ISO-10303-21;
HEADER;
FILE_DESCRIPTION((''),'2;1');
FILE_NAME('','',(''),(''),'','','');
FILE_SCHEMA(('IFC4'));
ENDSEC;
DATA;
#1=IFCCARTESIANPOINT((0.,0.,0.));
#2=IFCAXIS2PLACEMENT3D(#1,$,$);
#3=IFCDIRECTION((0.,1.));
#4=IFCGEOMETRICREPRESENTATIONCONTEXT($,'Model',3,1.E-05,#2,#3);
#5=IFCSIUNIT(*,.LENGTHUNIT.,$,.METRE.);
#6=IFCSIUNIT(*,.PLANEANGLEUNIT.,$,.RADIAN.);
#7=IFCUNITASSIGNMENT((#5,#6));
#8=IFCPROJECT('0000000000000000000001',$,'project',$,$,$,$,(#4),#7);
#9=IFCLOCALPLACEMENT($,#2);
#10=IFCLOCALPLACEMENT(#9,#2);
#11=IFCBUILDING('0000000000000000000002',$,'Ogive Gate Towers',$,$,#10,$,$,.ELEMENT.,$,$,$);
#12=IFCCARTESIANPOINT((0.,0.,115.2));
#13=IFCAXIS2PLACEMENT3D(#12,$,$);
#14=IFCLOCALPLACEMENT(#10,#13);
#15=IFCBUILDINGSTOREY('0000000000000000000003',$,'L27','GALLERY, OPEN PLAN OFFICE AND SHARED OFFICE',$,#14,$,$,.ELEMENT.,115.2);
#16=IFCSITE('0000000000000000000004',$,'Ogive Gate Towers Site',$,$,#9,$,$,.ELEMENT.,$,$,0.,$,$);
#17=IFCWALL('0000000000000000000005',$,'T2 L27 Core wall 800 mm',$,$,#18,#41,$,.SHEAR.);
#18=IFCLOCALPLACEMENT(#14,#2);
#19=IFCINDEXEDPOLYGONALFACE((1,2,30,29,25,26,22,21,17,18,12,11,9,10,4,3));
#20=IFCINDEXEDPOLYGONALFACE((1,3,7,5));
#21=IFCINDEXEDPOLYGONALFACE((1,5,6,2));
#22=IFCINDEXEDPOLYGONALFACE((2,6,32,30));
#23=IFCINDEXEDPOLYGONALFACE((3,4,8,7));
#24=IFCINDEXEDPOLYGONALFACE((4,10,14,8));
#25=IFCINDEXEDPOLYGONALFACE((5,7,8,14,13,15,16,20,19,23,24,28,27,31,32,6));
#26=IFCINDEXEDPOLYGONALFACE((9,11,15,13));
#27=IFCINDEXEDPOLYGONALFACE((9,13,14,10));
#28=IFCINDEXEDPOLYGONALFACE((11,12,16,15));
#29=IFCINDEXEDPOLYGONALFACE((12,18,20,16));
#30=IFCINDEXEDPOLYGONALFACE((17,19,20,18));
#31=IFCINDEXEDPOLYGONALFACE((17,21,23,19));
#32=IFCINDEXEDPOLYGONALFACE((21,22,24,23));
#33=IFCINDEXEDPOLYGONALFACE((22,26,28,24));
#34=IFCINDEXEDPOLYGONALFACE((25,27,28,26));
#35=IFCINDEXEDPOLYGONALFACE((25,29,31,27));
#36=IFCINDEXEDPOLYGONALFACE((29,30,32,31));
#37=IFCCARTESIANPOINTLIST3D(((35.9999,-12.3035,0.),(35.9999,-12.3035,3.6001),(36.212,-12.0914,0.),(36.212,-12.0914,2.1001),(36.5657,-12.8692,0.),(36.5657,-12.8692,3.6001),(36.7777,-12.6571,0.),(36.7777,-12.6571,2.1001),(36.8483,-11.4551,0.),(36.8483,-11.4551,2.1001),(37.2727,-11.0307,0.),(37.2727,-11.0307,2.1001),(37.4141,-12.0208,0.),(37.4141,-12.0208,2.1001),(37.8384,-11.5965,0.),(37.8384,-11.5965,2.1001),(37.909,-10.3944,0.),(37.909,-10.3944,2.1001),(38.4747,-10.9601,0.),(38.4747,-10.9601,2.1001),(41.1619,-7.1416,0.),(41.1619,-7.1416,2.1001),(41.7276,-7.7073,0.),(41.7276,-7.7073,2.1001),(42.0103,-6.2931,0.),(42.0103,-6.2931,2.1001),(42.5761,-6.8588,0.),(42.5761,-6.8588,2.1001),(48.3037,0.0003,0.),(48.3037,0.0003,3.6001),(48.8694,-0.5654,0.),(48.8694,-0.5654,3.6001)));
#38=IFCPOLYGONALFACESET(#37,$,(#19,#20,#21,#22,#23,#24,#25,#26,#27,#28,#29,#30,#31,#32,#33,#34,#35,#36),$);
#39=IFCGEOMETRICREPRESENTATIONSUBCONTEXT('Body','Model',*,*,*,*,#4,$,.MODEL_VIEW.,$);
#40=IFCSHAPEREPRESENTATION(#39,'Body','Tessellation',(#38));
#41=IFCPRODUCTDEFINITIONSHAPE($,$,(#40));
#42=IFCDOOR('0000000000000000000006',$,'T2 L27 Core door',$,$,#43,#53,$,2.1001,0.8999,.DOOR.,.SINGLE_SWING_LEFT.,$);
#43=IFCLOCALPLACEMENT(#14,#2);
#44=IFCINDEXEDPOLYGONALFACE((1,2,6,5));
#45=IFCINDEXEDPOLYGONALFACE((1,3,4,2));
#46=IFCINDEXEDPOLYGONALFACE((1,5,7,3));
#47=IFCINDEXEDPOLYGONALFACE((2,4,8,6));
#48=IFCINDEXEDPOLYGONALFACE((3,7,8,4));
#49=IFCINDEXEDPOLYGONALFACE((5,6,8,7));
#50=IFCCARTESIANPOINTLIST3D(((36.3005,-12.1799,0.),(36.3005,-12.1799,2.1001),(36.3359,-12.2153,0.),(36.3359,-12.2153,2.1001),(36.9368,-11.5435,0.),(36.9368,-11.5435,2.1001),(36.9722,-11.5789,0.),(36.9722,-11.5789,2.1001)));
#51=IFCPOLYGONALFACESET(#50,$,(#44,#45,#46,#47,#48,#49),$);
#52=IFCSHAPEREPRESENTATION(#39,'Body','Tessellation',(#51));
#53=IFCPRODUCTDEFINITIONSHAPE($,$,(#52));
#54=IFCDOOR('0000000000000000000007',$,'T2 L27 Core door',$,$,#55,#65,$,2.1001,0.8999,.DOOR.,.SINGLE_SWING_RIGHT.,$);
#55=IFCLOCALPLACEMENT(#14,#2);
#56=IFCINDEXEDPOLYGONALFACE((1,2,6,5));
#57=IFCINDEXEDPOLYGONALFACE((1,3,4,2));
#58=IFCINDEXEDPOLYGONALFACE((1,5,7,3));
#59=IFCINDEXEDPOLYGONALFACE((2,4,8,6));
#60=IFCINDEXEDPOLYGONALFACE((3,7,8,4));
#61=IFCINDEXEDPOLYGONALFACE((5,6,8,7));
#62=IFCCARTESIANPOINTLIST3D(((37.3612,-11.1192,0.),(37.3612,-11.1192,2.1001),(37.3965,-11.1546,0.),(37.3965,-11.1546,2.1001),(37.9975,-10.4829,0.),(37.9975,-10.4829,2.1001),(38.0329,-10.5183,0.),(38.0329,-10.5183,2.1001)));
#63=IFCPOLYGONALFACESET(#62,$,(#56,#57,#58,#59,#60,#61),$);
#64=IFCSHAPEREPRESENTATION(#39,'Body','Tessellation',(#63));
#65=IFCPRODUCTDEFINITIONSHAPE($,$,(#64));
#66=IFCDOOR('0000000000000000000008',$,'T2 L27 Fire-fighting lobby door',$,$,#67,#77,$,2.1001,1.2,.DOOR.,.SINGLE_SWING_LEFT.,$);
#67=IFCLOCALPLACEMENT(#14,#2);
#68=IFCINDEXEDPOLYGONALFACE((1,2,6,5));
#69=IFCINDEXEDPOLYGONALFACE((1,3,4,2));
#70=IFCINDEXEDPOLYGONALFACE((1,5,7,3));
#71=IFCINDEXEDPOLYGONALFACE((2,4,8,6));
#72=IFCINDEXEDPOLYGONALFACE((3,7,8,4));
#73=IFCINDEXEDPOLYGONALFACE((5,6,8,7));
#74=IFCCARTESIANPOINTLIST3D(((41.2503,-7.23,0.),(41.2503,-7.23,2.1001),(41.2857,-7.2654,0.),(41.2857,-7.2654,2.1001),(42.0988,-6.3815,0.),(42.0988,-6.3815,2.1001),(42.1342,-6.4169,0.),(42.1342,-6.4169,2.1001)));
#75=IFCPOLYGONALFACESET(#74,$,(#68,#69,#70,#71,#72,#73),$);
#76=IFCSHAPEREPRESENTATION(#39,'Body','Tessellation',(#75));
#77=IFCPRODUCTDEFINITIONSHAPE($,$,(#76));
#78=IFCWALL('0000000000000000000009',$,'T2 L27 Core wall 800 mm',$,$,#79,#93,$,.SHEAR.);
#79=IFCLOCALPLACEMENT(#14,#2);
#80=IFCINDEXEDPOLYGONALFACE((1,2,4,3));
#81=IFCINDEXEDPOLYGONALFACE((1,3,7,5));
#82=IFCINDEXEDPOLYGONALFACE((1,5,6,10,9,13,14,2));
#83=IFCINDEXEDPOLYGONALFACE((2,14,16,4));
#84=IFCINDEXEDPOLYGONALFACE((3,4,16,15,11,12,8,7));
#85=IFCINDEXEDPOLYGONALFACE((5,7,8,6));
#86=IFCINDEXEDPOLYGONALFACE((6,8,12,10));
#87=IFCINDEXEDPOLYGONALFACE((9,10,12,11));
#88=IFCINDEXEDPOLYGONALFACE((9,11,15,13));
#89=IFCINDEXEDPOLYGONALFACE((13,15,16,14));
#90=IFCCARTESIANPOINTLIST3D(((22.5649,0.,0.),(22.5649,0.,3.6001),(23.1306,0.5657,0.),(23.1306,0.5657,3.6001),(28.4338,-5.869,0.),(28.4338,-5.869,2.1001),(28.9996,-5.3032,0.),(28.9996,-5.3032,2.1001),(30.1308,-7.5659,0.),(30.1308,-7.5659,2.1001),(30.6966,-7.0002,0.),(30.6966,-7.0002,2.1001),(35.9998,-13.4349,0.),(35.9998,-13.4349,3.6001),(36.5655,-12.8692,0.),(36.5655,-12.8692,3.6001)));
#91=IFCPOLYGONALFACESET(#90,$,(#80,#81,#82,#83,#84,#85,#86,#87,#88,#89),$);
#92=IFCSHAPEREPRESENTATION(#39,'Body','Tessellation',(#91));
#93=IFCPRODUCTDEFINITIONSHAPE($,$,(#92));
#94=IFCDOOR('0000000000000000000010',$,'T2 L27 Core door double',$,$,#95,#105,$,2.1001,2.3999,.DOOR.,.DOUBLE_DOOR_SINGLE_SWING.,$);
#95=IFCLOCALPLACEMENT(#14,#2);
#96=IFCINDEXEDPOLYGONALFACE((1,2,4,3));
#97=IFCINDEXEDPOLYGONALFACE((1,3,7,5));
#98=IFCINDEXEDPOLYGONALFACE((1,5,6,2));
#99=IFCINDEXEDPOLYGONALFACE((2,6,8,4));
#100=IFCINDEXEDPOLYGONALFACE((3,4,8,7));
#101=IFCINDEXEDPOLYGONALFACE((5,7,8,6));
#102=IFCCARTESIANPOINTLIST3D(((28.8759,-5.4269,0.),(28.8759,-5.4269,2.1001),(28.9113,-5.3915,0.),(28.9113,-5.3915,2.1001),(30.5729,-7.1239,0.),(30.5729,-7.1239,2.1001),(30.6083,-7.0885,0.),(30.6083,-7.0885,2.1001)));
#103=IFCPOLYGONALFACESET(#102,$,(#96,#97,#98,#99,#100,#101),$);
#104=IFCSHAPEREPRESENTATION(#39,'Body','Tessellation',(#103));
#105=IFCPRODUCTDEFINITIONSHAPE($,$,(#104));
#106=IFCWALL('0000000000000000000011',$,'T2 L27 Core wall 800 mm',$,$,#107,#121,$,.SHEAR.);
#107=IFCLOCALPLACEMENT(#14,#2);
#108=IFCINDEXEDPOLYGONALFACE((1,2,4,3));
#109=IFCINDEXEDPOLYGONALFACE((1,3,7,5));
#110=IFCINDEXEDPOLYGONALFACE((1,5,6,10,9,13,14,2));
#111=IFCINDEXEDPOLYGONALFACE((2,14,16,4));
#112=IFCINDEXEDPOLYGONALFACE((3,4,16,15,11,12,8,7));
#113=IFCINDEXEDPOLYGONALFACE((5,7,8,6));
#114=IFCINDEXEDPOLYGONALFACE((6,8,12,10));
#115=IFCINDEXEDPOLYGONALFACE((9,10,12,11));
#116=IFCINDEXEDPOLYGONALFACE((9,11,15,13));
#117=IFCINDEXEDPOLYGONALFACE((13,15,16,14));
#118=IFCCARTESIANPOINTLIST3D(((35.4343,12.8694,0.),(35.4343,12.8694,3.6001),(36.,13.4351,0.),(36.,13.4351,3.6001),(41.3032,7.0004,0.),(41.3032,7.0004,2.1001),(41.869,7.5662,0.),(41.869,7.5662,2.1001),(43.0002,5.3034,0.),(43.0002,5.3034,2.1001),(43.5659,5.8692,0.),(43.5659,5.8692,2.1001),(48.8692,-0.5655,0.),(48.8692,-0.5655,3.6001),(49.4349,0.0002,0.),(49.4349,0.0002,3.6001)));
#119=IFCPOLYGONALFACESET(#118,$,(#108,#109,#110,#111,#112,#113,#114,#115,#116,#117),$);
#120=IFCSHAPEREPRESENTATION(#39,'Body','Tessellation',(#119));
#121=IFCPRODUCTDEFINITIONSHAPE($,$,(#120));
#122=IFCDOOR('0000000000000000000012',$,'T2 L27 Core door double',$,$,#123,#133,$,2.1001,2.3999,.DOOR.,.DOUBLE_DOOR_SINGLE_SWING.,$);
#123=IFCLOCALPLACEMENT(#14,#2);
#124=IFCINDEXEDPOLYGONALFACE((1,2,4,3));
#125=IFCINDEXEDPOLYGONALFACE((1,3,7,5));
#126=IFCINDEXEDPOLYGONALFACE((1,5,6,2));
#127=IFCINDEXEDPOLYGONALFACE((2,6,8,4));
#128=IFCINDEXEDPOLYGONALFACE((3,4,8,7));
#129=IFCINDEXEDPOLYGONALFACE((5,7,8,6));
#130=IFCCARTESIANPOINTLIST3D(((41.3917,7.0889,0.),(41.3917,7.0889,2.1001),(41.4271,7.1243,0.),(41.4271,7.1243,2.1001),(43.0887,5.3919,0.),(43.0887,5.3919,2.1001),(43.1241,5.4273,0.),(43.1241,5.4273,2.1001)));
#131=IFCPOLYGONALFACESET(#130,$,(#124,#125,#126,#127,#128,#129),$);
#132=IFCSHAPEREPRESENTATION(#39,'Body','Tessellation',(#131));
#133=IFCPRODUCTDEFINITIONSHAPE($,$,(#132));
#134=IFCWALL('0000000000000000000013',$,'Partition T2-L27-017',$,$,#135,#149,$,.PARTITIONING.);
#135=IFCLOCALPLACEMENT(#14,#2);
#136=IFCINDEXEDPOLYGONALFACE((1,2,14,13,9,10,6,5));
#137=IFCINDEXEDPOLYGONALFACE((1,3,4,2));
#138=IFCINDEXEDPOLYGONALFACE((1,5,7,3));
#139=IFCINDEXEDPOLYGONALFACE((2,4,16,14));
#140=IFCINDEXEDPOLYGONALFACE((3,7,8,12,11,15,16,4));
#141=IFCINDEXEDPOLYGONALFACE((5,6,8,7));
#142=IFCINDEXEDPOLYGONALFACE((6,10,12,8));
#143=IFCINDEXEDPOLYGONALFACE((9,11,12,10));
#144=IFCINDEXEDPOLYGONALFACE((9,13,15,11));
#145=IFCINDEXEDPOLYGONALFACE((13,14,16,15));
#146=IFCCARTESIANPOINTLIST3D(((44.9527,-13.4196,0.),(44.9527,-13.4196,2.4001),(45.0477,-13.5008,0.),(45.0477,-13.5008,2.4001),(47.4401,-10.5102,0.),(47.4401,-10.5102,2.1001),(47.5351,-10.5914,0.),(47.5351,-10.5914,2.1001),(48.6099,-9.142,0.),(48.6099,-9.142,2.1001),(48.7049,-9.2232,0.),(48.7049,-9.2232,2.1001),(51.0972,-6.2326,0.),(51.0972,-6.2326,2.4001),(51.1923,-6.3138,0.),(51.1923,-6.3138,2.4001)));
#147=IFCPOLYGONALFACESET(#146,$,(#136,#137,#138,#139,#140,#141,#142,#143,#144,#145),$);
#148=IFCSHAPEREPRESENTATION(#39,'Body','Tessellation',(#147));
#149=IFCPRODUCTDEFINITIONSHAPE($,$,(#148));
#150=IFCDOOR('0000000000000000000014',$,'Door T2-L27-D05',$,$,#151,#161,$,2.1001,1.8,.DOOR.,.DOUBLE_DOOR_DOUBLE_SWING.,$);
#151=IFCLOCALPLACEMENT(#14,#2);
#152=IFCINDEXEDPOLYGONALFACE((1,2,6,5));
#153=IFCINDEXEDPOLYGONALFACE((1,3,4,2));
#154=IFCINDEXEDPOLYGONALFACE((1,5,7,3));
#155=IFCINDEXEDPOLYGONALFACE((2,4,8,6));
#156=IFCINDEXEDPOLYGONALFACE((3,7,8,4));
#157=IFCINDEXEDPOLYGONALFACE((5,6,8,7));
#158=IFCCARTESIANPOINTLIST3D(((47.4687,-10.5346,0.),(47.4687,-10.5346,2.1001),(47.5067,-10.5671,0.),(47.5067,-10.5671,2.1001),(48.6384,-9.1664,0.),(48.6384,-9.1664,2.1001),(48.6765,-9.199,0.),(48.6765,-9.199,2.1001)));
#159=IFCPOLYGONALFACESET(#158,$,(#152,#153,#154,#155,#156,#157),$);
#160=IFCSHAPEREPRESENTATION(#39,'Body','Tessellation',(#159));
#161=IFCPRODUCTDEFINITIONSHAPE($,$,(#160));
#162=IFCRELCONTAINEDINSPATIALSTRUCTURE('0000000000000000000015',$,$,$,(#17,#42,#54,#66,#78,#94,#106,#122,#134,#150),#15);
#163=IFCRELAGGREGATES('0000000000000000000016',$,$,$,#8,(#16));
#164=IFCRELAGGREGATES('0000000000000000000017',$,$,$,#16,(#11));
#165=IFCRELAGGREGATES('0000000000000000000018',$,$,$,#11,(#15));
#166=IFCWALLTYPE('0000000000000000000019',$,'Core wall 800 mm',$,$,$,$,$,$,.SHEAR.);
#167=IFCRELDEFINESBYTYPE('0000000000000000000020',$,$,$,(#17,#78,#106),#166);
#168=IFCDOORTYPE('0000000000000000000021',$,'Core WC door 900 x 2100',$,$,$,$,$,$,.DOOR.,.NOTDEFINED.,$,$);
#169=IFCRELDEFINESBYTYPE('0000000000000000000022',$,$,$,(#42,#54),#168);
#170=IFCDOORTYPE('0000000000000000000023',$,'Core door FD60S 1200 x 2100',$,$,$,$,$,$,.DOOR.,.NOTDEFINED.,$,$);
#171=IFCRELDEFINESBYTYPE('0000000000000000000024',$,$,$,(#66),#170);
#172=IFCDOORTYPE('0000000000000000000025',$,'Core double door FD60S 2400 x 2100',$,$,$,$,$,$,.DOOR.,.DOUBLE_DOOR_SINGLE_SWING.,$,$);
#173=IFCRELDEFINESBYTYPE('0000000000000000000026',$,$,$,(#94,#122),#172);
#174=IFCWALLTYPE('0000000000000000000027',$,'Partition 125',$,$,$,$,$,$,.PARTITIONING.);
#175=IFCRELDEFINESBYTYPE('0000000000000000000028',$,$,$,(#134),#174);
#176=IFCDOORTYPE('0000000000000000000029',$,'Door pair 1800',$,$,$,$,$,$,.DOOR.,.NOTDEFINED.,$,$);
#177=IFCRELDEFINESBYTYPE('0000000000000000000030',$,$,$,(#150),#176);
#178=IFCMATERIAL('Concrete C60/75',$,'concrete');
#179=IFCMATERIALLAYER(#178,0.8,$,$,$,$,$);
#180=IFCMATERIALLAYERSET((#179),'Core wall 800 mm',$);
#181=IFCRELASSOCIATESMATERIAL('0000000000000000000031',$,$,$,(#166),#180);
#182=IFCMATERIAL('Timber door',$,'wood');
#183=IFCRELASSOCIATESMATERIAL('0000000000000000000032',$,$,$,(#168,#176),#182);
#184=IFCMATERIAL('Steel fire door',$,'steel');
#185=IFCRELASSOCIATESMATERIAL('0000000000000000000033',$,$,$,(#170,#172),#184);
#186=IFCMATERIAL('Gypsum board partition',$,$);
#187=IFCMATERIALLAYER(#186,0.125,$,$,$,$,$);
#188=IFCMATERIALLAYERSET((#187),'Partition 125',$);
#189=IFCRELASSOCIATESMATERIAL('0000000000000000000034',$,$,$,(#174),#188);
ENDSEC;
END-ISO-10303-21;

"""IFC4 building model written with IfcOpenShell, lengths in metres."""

from ifc_helpers import new_model, si_unit, direction, frame, frame_2d, origin, place, context, subcontext, project, spatial, rectangle, extrude, material, layer, layer_set, type_object, element, fill, save


model = new_model("IFC4")

# Units and contexts
model_context = context("Model", 3, precision=1e-05, world=origin(), true_north=direction((0.0, 1.0)))
body_context = subcontext(model_context, "Body", "Model", "MODEL_VIEW")
ifc_project = project(units=[si_unit("LENGTHUNIT", "METRE"), si_unit("PLANEANGLEUNIT", "RADIAN")], contexts=[model_context])

# Site, building, storey
site_placement = place(None, origin())
site = spatial("IfcSite", under=ifc_project, at=site_placement, Name="Ogive Gate Towers Site", CompositionType="ELEMENT", RefElevation=0.0)
building_placement = place(site_placement, origin())
building = spatial("IfcBuilding", under=site, at=building_placement, Name="Ogive Gate Towers", CompositionType="ELEMENT")
storey_placement = place(building_placement, frame((0.0, 0.0, 115.2)))
storey = spatial("IfcBuildingStorey", under=building, at=storey_placement, Name="L27", Description="GALLERY, OPEN PLAN OFFICE AND SHARED OFFICE", CompositionType="ELEMENT", Elevation=115.2)

# Wall, openings, doors
ifc_material_1 = material(Name="Concrete C60/75", Category="concrete")
ifc_layer_1 = layer(ifc_material_1, 0.8)
ifc_layer_set_1 = layer_set([ifc_layer_1], Name="Core wall 800 mm")
wall_type_1 = type_object("IfcWallType", Name="Core wall 800 mm", PredefinedType="SHEAR", material=ifc_layer_set_1)
wall_1_placement = place(storey_placement, frame((36.2827, -12.5864, 0.0), z_axis=(0.0, 0.0, 1.0), x_axis=(0.707107, 0.707107, 0.0)))
wall_1 = element("IfcWall", 1, at=wall_1_placement, inside=storey, type_object=wall_type_1, Name="T2 L27 Core wall 800 mm", PredefinedType="SHEAR", context=body_context, shape_type="SweptSolid", body=[
    extrude(rectangle(XDim=17.4001, YDim=0.8, at=frame_2d((8.7002, 0.0))), origin(), (0.0, 0.0, 1.0), 3.6001),
])
opening_1_placement = place(wall_1_placement, frame((7.3, 0.0, 0.0)))
opening_1 = element("IfcOpeningElement", 2, at=opening_1_placement, cuts=wall_1, PredefinedType="OPENING", context=body_context, shape_type="SweptSolid", body=[
    extrude(rectangle(XDim=1.2, YDim=2.1001, at=frame_2d((0.6001, 1.05))), frame((0.0, 0.4102, 0.0), z_axis=(0.0, -1.0, 0.0), x_axis=(1.0, 0.0, 0.0)), (0.0, 0.0, 1.0), 0.8201),
])
opening_2_placement = place(wall_1_placement, frame((0.3, 0.0, 0.0)))
opening_2 = element("IfcOpeningElement", 3, at=opening_2_placement, cuts=wall_1, PredefinedType="OPENING", context=body_context, shape_type="SweptSolid", body=[
    extrude(rectangle(XDim=0.8999, YDim=2.1001, at=frame_2d((0.45, 1.05))), frame((0.0, 0.4102, 0.0), z_axis=(0.0, -1.0, 0.0), x_axis=(1.0, 0.0, 0.0)), (0.0, 0.0, 1.0), 0.8201),
])
opening_3_placement = place(wall_1_placement, frame((1.8, 0.0, 0.0)))
opening_3 = element("IfcOpeningElement", 4, at=opening_3_placement, cuts=wall_1, PredefinedType="OPENING", context=body_context, shape_type="SweptSolid", body=[
    extrude(rectangle(XDim=0.8999, YDim=2.1001, at=frame_2d((0.45, 1.05))), frame((0.0, 0.4102, 0.0), z_axis=(0.0, -1.0, 0.0), x_axis=(1.0, 0.0, 0.0)), (0.0, 0.0, 1.0), 0.8201),
])
ifc_material_2 = material(Name="Timber door", Category="wood")
door_type_1 = type_object("IfcDoorType", Name="Core WC door 900 x 2100", OperationType="NOTDEFINED", PredefinedType="DOOR", material=ifc_material_2)
door_1_placement = place(opening_2_placement, origin())
door_1 = element("IfcDoor", 5, at=door_1_placement, inside=storey, type_object=door_type_1, Name="T2 L27 Core door", OperationType="SINGLE_SWING_LEFT", OverallHeight=2.1001, OverallWidth=0.8999, PredefinedType="DOOR", context=body_context, shape_type="SweptSolid", body=[
    extrude(rectangle(XDim=0.8999, YDim=2.1001, at=frame_2d((0.45, 1.05))), frame((0.0, 0.2749, 0.0), z_axis=(0.0, -1.0, 0.0), x_axis=(1.0, 0.0, 0.0)), (0.0, 0.0, 1.0), 0.05),
])
fill(opening_2, door_1)
door_2_placement = place(opening_3_placement, origin())
door_2 = element("IfcDoor", 6, at=door_2_placement, inside=storey, type_object=door_type_1, Name="T2 L27 Core door", OperationType="SINGLE_SWING_RIGHT", OverallHeight=2.1001, OverallWidth=0.8999, PredefinedType="DOOR", context=body_context, shape_type="SweptSolid", body=[
    extrude(rectangle(XDim=0.8999, YDim=2.1001, at=frame_2d((0.45, 1.05))), frame((0.0, 0.2749, 0.0), z_axis=(0.0, -1.0, 0.0), x_axis=(1.0, 0.0, 0.0)), (0.0, 0.0, 1.0), 0.05),
])
fill(opening_3, door_2)
ifc_material_3 = material(Name="Steel fire door", Category="steel")
door_type_2 = type_object("IfcDoorType", Name="Core door FD60S 1200 x 2100", OperationType="NOTDEFINED", PredefinedType="DOOR", material=ifc_material_3)
door_3_placement = place(opening_1_placement, origin())
door_3 = element("IfcDoor", 7, at=door_3_placement, inside=storey, type_object=door_type_2, Name="T2 L27 Fire-fighting lobby door", OperationType="SINGLE_SWING_LEFT", OverallHeight=2.1001, OverallWidth=1.2, PredefinedType="DOOR", context=body_context, shape_type="SweptSolid", body=[
    extrude(rectangle(XDim=1.2, YDim=2.1001, at=frame_2d((0.6001, 1.05))), frame((0.0, 0.2749, 0.0), z_axis=(0.0, -1.0, 0.0), x_axis=(1.0, 0.0, 0.0)), (0.0, 0.0, 1.0), 0.05),
])
fill(opening_1, door_3)

# Walls, openings, doors
wall_2_placement = place(storey_placement, frame((36.2827, -13.1521, 0.0), z_axis=(0.0, 0.0, 1.0), x_axis=(-0.707107, 0.707107, 0.0)))
wall_2 = element("IfcWall", 8, at=wall_2_placement, inside=storey, type_object=wall_type_1, Name="T2 L27 Core wall 800 mm", PredefinedType="SHEAR", context=body_context, shape_type="SweptSolid", body=[
    extrude(rectangle(XDim=18.9998, YDim=0.8, at=frame_2d((9.5, 0.0))), origin(), (0.0, 0.0, 1.0), 3.6001),
])
opening_4_placement = place(wall_2_placement, frame((8.3, 0.0, 0.0)))
opening_4 = element("IfcOpeningElement", 9, at=opening_4_placement, cuts=wall_2, PredefinedType="OPENING", context=body_context, shape_type="SweptSolid", body=[
    extrude(rectangle(XDim=2.3999, YDim=2.1001, at=frame_2d((1.2, 1.05))), frame((0.0, 0.4102, 0.0), z_axis=(0.0, -1.0, 0.0), x_axis=(1.0, 0.0, 0.0)), (0.0, 0.0, 1.0), 0.8201),
])
door_type_3 = type_object("IfcDoorType", Name="Core double door FD60S 2400 x 2100", OperationType="DOUBLE_DOOR_SINGLE_SWING", PredefinedType="DOOR", material=ifc_material_3)
door_4_placement = place(opening_4_placement, origin())
door_4 = element("IfcDoor", 10, at=door_4_placement, inside=storey, type_object=door_type_3, Name="T2 L27 Core door double", OperationType="DOUBLE_DOOR_SINGLE_SWING", OverallHeight=2.1001, OverallWidth=2.3999, PredefinedType="DOOR", context=body_context, shape_type="SweptSolid", body=[
    extrude(rectangle(XDim=2.3999, YDim=2.1001, at=frame_2d((1.2, 1.05))), frame((0.0, -0.2251, 0.0), z_axis=(0.0, -1.0, 0.0), x_axis=(1.0, 0.0, 0.0)), (0.0, 0.0, 1.0), 0.05),
])
fill(opening_4, door_4)
wall_3_placement = place(storey_placement, frame((49.1521, -0.2827, 0.0), z_axis=(0.0, 0.0, 1.0), x_axis=(-0.707107, 0.707107, 0.0)))
wall_3 = element("IfcWall", 11, at=wall_3_placement, inside=storey, type_object=wall_type_1, Name="T2 L27 Core wall 800 mm", PredefinedType="SHEAR", context=body_context, shape_type="SweptSolid", body=[
    extrude(rectangle(XDim=18.9998, YDim=0.8, at=frame_2d((9.5, 0.0))), origin(), (0.0, 0.0, 1.0), 3.6001),
])
opening_5_placement = place(wall_3_placement, frame((8.3, 0.0, 0.0)))
opening_5 = element("IfcOpeningElement", 12, at=opening_5_placement, cuts=wall_3, PredefinedType="OPENING", context=body_context, shape_type="SweptSolid", body=[
    extrude(rectangle(XDim=2.3999, YDim=2.1001, at=frame_2d((1.2, 1.05))), frame((0.0, 0.4102, 0.0), z_axis=(0.0, -1.0, 0.0), x_axis=(1.0, 0.0, 0.0)), (0.0, 0.0, 1.0), 0.8201),
])
door_5_placement = place(opening_5_placement, origin())
door_5 = element("IfcDoor", 13, at=door_5_placement, inside=storey, type_object=door_type_3, Name="T2 L27 Core door double", OperationType="DOUBLE_DOOR_SINGLE_SWING", OverallHeight=2.1001, OverallWidth=2.3999, PredefinedType="DOOR", context=body_context, shape_type="SweptSolid", body=[
    extrude(rectangle(XDim=2.3999, YDim=2.1001, at=frame_2d((1.2, 1.05))), frame((0.0, 0.2749, 0.0), z_axis=(0.0, -1.0, 0.0), x_axis=(1.0, 0.0, 0.0)), (0.0, 0.0, 1.0), 0.05),
])
fill(opening_5, door_5)
ifc_material_4 = material(Name="Gypsum board partition")
ifc_layer_2 = layer(ifc_material_4, 0.125)
ifc_layer_set_2 = layer_set([ifc_layer_2], Name="Partition 125")
wall_type_2 = type_object("IfcWallType", Name="Partition 125", PredefinedType="PARTITIONING", material=ifc_layer_set_2)
wall_4_placement = place(storey_placement, frame((45.0002, -13.4602, 0.0), z_axis=(0.0, 0.0, 1.0), x_axis=(0.64983, 0.76008, 0.0)))
wall_4 = element("IfcWall", 14, at=wall_4_placement, inside=storey, type_object=wall_type_2, Name="Partition T2-L27-017", PredefinedType="PARTITIONING", context=body_context, shape_type="SweptSolid", body=[
    extrude(rectangle(XDim=9.4556, YDim=0.125, at=frame_2d((4.7278, 0.0))), origin(), (0.0, 0.0, 1.0), 2.4001),
])
opening_6_placement = place(wall_4_placement, frame((3.8279, 0.0, 0.0)))
opening_6 = element("IfcOpeningElement", 15, at=opening_6_placement, cuts=wall_4, PredefinedType="OPENING", context=body_context, shape_type="SweptSolid", body=[
    extrude(rectangle(XDim=1.8, YDim=2.1001, at=frame_2d((0.8999, 1.05))), frame((0.0, 0.0725, 0.0), z_axis=(0.0, -1.0, 0.0), x_axis=(1.0, 0.0, 0.0)), (0.0, 0.0, 1.0), 0.145),
])
door_type_4 = type_object("IfcDoorType", Name="Door pair 1800", OperationType="NOTDEFINED", PredefinedType="DOOR", material=ifc_material_2)
door_6_placement = place(opening_6_placement, origin())
door_6 = element("IfcDoor", 16, at=door_6_placement, inside=storey, type_object=door_type_4, Name="Door T2-L27-D05", OperationType="DOUBLE_DOOR_DOUBLE_SWING", OverallHeight=2.1001, OverallWidth=1.8, PredefinedType="DOOR", context=body_context, shape_type="SweptSolid", body=[
    extrude(rectangle(XDim=1.8, YDim=2.1001, at=frame_2d((0.8999, 1.05))), frame((0.0, 0.0249, 0.0), z_axis=(0.0, -1.0, 0.0), x_axis=(1.0, 0.0, 0.0)), (0.0, 0.0, 1.0), 0.05),
])
fill(opening_6, door_6)

save(model, "model.ifc")
